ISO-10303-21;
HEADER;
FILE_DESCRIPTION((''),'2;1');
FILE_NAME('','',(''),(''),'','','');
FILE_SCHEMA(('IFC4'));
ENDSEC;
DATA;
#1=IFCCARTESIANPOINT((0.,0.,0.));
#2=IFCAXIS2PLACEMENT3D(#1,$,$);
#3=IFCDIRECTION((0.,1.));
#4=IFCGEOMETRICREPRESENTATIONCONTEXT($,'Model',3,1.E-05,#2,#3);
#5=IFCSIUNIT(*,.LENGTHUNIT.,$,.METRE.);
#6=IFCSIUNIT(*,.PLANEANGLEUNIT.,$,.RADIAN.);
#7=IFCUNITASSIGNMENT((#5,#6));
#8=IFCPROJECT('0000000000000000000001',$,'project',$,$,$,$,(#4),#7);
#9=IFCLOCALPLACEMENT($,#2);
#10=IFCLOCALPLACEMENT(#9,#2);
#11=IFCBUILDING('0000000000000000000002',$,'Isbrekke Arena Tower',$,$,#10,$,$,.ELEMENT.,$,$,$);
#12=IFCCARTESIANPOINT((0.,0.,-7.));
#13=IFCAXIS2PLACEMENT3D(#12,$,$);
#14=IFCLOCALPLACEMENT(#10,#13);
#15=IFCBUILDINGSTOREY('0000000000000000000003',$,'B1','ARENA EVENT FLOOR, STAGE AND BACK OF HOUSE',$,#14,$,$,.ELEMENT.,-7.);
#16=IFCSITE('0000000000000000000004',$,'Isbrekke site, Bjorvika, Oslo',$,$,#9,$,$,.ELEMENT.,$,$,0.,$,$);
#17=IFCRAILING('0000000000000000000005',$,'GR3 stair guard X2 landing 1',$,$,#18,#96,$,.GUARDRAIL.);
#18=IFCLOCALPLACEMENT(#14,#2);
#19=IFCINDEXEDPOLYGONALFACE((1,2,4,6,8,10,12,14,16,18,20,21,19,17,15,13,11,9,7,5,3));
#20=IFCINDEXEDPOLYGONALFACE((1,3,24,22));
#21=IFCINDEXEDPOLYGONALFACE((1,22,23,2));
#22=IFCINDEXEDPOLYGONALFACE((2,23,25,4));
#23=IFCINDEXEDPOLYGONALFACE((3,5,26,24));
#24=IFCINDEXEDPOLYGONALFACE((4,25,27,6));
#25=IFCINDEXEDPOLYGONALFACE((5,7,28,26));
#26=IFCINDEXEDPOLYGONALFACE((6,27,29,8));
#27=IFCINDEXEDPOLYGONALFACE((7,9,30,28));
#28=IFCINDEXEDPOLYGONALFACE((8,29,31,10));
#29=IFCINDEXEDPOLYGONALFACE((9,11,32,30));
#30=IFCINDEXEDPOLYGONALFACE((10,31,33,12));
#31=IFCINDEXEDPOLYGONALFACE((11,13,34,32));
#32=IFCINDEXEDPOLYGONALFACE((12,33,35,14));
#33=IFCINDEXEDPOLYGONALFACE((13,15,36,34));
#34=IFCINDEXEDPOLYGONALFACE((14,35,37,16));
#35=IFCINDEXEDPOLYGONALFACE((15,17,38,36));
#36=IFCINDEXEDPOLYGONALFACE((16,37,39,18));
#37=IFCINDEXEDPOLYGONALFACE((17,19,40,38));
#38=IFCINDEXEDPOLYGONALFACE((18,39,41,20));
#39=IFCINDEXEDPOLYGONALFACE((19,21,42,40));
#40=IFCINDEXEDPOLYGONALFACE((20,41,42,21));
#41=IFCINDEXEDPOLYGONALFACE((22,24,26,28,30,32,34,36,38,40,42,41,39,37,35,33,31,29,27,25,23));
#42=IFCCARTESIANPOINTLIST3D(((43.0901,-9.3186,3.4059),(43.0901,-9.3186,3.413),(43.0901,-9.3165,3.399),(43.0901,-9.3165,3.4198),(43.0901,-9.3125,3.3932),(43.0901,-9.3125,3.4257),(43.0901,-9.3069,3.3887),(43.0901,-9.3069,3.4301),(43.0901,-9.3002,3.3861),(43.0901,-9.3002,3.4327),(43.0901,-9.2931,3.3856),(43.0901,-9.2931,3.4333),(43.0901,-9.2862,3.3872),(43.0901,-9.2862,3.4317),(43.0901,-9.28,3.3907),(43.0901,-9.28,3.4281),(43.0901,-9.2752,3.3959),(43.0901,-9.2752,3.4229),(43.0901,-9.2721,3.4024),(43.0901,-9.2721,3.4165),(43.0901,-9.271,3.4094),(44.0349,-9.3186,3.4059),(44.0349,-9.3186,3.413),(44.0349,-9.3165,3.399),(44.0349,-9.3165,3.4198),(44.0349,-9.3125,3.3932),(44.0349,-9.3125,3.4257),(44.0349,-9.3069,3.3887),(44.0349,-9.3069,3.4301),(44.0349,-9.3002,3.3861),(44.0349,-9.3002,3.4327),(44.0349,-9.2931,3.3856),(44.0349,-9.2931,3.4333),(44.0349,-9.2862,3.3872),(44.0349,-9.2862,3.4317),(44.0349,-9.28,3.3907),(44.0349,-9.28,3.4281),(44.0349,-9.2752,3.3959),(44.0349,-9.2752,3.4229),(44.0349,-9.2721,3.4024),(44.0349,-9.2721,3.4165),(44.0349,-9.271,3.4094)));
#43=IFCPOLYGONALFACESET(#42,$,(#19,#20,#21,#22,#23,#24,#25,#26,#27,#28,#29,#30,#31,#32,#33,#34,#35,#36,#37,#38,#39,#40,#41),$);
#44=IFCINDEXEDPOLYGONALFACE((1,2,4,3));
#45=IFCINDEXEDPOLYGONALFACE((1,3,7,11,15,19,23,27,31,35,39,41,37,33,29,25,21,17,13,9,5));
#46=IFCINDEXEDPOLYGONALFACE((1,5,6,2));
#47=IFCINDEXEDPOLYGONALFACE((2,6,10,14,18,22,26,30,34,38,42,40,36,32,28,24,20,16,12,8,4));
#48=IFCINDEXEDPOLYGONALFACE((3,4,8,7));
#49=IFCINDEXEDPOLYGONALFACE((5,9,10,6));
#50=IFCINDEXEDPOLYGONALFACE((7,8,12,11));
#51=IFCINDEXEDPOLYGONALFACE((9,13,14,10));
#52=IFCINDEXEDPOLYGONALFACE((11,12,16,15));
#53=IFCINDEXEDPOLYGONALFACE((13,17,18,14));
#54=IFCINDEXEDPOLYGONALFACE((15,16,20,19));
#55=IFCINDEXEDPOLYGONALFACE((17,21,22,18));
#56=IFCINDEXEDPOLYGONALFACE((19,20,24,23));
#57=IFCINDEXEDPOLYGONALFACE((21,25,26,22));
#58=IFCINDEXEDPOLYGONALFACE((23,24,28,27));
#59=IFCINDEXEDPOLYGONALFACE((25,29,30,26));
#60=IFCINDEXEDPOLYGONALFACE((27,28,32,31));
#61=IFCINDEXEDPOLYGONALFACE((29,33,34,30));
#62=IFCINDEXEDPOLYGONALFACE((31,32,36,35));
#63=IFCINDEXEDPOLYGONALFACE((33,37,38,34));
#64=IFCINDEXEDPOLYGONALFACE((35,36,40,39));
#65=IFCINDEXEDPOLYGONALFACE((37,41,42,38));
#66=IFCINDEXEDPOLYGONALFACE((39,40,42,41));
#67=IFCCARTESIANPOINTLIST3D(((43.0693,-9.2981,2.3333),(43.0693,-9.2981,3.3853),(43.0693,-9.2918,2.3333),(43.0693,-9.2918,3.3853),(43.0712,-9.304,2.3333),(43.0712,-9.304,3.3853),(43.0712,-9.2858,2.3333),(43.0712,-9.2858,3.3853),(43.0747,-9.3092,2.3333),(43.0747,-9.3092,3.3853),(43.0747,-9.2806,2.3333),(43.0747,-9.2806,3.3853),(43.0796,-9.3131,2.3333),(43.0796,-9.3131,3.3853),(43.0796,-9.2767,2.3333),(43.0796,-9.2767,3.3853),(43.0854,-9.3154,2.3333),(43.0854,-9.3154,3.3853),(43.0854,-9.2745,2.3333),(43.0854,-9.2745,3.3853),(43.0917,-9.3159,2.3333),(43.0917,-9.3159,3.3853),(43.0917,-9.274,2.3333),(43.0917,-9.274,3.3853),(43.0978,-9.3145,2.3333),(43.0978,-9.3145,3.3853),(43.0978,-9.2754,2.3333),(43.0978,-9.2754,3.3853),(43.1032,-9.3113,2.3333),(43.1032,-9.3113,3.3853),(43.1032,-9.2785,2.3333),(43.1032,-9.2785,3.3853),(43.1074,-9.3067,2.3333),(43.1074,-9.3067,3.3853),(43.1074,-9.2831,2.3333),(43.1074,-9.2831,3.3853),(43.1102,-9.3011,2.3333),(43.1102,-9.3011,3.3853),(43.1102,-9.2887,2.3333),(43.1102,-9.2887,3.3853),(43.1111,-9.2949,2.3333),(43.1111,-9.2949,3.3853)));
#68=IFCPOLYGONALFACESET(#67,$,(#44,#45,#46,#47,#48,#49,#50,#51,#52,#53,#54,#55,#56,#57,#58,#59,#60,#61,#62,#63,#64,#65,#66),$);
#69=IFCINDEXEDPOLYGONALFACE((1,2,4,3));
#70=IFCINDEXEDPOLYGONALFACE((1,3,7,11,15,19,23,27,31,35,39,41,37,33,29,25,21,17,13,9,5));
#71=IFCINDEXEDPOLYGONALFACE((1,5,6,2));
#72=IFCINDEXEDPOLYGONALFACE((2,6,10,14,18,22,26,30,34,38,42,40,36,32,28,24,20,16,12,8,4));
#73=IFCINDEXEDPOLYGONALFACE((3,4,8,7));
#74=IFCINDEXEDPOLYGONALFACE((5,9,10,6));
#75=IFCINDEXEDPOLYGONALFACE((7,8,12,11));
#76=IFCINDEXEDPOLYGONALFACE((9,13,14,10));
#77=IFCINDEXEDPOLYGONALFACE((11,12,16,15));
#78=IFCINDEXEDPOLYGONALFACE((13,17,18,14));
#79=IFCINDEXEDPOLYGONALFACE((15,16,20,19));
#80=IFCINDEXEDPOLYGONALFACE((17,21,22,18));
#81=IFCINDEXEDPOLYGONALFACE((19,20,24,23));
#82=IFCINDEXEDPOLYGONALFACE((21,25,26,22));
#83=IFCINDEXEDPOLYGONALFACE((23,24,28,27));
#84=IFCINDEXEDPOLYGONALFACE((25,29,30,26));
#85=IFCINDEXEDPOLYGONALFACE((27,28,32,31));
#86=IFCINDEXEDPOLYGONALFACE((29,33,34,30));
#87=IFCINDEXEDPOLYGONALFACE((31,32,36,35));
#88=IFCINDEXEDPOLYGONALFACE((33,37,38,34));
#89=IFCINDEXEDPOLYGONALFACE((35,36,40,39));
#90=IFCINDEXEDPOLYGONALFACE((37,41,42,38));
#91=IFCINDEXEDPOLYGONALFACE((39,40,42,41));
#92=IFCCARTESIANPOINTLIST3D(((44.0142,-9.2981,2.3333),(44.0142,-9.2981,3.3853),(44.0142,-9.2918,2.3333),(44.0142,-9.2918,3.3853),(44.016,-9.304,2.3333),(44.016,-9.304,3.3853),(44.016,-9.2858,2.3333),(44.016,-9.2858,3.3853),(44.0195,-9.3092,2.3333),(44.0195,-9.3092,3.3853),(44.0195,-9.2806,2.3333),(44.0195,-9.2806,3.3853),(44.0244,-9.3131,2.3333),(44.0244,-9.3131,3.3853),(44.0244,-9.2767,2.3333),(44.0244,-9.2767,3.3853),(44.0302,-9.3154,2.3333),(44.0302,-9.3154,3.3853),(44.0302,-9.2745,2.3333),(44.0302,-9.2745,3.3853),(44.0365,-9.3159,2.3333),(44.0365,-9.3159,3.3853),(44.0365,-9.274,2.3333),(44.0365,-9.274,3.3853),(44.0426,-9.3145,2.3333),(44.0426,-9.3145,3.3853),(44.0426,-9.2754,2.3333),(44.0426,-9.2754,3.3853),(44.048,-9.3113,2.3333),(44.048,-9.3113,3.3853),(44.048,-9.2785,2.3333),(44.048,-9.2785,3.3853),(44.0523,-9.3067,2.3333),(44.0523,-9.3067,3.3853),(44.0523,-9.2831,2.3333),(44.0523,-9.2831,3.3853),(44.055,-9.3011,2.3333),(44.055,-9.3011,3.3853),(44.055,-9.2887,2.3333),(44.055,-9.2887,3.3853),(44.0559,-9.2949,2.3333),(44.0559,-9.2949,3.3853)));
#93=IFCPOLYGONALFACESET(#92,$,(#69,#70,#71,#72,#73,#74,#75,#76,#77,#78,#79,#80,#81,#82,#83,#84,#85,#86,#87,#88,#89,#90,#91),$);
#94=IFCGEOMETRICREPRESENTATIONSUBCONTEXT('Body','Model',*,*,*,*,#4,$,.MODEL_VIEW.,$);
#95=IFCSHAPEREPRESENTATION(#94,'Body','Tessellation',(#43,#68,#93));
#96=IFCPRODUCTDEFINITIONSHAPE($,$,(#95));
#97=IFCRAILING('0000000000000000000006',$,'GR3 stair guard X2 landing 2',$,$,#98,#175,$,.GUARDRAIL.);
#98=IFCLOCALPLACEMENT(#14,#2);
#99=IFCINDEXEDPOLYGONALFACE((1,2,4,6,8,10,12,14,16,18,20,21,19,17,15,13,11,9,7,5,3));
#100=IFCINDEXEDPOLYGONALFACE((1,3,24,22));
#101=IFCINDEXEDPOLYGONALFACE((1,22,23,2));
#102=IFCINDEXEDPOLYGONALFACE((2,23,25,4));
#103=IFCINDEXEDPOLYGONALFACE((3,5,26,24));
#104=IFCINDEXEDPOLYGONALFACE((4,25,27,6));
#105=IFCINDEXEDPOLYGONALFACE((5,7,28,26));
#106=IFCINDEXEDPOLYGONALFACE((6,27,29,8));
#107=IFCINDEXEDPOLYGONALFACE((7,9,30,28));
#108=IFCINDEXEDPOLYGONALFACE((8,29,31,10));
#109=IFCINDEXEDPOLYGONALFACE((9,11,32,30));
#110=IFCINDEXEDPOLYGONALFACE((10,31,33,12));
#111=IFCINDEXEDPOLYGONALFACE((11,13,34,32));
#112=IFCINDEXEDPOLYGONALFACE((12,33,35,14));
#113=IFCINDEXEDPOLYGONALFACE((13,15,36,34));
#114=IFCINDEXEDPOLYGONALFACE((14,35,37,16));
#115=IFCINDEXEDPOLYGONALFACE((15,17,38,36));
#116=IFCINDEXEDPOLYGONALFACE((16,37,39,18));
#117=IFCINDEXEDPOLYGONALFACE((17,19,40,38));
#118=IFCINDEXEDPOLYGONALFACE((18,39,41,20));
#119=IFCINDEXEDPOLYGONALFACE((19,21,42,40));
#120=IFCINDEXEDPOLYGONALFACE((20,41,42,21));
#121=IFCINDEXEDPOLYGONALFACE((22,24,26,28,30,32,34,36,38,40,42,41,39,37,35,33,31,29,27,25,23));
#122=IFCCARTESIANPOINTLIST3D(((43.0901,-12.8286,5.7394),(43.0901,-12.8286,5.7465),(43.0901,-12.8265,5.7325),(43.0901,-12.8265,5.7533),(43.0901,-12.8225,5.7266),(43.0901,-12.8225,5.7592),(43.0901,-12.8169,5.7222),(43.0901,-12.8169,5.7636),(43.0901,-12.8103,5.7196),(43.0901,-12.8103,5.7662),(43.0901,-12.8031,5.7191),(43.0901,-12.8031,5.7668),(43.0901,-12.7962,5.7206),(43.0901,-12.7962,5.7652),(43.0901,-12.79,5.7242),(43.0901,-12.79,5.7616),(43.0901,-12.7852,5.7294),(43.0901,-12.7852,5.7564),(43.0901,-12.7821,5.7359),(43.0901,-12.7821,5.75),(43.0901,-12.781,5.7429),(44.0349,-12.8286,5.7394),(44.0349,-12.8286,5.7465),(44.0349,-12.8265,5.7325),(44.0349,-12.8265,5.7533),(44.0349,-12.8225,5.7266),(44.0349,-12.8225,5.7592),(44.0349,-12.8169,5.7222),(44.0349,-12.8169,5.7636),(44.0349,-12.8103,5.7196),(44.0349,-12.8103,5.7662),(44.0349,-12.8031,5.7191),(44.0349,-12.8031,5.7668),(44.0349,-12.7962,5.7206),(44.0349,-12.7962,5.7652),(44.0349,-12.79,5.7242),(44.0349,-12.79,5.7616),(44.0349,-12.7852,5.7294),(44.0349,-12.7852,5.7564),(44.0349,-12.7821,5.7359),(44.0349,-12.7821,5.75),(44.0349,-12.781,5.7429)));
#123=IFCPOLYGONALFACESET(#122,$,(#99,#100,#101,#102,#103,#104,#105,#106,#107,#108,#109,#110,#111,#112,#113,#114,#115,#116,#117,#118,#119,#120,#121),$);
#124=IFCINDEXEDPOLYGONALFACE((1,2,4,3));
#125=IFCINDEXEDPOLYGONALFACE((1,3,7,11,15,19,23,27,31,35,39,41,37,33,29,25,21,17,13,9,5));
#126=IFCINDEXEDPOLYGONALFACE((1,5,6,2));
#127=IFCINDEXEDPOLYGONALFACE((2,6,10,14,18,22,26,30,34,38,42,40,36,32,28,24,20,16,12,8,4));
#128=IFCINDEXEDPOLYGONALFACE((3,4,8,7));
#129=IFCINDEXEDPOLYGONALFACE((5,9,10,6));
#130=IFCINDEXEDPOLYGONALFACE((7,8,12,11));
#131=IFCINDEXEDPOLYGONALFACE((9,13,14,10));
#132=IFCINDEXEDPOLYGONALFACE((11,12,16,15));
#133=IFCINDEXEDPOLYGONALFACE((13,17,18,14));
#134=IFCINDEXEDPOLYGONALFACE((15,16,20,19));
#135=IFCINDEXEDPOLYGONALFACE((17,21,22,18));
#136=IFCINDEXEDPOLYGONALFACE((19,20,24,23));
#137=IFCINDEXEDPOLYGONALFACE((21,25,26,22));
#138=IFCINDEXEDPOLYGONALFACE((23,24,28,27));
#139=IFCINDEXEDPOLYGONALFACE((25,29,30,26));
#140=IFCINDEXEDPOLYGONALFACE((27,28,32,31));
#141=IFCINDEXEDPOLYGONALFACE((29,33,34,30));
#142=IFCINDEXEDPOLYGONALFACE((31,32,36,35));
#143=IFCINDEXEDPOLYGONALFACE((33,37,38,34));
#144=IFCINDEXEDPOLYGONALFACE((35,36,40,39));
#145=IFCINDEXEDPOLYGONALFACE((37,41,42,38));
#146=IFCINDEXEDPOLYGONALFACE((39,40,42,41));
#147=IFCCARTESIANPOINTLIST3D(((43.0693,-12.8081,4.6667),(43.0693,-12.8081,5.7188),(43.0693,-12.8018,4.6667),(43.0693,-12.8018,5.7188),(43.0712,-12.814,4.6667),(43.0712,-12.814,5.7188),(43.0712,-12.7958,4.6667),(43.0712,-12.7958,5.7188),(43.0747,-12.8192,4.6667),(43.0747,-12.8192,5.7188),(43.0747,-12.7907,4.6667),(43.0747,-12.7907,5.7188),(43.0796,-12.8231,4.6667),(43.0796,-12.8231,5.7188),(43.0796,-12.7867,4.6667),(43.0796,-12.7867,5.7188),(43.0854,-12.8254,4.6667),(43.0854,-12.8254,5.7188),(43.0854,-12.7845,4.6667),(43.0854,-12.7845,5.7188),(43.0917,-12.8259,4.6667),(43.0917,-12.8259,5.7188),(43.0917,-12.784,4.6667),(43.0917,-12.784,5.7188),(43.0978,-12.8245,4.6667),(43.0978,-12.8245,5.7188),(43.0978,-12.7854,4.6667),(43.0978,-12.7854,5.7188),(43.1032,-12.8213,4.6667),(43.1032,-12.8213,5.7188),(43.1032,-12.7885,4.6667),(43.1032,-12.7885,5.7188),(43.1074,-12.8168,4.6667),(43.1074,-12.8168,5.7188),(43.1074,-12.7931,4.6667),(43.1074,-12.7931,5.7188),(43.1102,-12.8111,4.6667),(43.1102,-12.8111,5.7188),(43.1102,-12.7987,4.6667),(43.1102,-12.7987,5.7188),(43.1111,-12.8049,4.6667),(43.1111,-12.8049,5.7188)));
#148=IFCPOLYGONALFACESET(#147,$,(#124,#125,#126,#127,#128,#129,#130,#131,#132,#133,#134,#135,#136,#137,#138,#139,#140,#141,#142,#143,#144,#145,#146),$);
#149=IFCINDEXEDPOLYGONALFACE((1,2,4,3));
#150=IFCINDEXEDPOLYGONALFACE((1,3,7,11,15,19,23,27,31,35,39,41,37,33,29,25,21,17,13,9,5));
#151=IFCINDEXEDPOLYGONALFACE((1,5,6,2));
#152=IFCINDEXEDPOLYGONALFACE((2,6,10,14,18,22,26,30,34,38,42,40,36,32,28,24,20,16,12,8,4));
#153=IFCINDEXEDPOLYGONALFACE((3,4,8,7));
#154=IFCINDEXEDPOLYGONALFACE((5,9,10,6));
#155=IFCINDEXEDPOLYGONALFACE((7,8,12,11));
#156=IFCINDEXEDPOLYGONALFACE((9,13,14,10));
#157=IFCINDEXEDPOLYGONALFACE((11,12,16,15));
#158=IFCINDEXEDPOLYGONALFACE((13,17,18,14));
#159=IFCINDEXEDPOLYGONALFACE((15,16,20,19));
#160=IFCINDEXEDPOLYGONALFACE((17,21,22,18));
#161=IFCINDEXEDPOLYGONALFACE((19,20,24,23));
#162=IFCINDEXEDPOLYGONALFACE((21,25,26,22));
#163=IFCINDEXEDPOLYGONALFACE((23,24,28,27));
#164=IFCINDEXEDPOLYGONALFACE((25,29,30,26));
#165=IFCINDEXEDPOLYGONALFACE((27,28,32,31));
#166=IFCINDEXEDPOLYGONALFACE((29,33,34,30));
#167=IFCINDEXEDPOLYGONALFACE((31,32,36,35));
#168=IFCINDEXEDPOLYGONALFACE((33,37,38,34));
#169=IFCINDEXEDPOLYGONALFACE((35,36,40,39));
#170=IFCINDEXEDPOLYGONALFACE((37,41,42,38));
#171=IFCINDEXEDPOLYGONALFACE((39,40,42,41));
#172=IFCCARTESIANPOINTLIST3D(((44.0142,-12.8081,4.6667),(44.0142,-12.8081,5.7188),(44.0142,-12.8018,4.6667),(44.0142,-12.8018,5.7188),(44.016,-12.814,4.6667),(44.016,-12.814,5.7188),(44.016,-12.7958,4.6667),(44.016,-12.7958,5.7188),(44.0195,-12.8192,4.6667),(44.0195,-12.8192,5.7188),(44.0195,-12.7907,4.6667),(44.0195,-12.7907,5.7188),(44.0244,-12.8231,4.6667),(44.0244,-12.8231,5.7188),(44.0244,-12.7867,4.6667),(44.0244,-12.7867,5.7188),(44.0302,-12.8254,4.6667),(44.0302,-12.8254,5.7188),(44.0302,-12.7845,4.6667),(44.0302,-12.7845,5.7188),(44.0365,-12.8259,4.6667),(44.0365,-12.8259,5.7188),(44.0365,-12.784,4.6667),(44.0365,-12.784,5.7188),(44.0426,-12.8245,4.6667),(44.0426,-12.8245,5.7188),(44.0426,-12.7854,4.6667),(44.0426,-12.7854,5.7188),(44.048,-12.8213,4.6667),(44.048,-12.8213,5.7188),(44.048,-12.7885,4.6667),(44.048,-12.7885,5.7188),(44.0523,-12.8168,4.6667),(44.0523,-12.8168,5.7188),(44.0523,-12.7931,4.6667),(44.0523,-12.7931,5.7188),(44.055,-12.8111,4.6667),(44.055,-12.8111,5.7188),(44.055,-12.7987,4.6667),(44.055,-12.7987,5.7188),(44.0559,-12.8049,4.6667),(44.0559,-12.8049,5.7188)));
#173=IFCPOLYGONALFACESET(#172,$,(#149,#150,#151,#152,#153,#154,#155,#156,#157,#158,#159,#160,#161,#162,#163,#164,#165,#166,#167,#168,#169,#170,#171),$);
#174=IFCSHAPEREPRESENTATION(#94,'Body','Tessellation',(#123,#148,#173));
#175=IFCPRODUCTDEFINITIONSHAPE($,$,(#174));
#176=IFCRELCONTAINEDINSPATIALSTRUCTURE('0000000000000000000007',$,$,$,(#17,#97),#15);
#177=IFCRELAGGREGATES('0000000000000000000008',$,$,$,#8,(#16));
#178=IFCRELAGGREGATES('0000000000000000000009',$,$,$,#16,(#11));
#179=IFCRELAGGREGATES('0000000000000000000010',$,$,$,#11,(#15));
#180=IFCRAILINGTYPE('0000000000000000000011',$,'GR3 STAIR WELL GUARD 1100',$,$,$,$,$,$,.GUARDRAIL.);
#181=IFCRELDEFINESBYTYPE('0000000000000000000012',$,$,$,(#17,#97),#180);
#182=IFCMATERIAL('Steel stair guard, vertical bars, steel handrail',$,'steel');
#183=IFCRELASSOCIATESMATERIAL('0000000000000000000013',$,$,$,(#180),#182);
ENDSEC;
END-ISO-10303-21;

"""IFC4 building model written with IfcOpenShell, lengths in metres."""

from ifc_helpers import new_model, si_unit, direction, frame, origin, origin_2d, place, context, subcontext, project, spatial, circle, extrude, material, type_object, element, save


model = new_model("IFC4")

# Units and contexts
model_context = context("Model", 3, precision=1e-05, world=origin(), true_north=direction((0.0, 1.0)))
body_context = subcontext(model_context, "Body", "Model", "MODEL_VIEW")
ifc_project = project(units=[si_unit("LENGTHUNIT", "METRE"), si_unit("PLANEANGLEUNIT", "RADIAN")], contexts=[model_context])

# Site, building, storey
site_placement = place(None, origin())
site = spatial("IfcSite", under=ifc_project, at=site_placement, Name="Isbrekke site, Bjorvika, Oslo", CompositionType="ELEMENT", RefElevation=0.0)
building_placement = place(site_placement, origin())
building = spatial("IfcBuilding", under=site, at=building_placement, Name="Isbrekke Arena Tower", CompositionType="ELEMENT")
storey_placement = place(building_placement, frame((0.0, 0.0, -7.0)))
storey = spatial("IfcBuildingStorey", under=building, at=storey_placement, Name="B1", Description="ARENA EVENT FLOOR, STAGE AND BACK OF HOUSE", CompositionType="ELEMENT", Elevation=-7.0)

# Railings
ifc_material_1 = material(Name="Steel stair guard, vertical bars, steel handrail", Category="steel")
railing_type = type_object("IfcRailingType", Name="GR3 STAIR WELL GUARD 1100", PredefinedType="GUARDRAIL", material=ifc_material_1)
for number, where, name in (
    (1, (43.0901, -9.2949, 2.3333), "GR3 stair guard X2 landing 1"),
    (2, (43.0901, -12.8049, 4.6667), "GR3 stair guard X2 landing 2"),
):
    element("IfcRailing", number, at=place(storey_placement, frame(where)), inside=storey, type_object=railing_type, Name=name, PredefinedType="GUARDRAIL", context=body_context, shape_type="SweptSolid", body=[
        extrude(circle(Radius=0.0239, at=origin_2d()), frame((0.0, 0.0, 1.0762), z_axis=(1.0, 0.0, 0.0), x_axis=(0.0, 1.0, 0.0)), (0.0, 0.0, 1.0), 0.9448),
        extrude(circle(Radius=0.021, at=origin_2d()), origin(), (0.0, 0.0, 1.0), 1.052),
        extrude(circle(Radius=0.021, at=origin_2d()), frame((0.9448, 0.0, 0.0)), (0.0, 0.0, 1.0), 1.052),
    ])

save(model, "model.ifc")
